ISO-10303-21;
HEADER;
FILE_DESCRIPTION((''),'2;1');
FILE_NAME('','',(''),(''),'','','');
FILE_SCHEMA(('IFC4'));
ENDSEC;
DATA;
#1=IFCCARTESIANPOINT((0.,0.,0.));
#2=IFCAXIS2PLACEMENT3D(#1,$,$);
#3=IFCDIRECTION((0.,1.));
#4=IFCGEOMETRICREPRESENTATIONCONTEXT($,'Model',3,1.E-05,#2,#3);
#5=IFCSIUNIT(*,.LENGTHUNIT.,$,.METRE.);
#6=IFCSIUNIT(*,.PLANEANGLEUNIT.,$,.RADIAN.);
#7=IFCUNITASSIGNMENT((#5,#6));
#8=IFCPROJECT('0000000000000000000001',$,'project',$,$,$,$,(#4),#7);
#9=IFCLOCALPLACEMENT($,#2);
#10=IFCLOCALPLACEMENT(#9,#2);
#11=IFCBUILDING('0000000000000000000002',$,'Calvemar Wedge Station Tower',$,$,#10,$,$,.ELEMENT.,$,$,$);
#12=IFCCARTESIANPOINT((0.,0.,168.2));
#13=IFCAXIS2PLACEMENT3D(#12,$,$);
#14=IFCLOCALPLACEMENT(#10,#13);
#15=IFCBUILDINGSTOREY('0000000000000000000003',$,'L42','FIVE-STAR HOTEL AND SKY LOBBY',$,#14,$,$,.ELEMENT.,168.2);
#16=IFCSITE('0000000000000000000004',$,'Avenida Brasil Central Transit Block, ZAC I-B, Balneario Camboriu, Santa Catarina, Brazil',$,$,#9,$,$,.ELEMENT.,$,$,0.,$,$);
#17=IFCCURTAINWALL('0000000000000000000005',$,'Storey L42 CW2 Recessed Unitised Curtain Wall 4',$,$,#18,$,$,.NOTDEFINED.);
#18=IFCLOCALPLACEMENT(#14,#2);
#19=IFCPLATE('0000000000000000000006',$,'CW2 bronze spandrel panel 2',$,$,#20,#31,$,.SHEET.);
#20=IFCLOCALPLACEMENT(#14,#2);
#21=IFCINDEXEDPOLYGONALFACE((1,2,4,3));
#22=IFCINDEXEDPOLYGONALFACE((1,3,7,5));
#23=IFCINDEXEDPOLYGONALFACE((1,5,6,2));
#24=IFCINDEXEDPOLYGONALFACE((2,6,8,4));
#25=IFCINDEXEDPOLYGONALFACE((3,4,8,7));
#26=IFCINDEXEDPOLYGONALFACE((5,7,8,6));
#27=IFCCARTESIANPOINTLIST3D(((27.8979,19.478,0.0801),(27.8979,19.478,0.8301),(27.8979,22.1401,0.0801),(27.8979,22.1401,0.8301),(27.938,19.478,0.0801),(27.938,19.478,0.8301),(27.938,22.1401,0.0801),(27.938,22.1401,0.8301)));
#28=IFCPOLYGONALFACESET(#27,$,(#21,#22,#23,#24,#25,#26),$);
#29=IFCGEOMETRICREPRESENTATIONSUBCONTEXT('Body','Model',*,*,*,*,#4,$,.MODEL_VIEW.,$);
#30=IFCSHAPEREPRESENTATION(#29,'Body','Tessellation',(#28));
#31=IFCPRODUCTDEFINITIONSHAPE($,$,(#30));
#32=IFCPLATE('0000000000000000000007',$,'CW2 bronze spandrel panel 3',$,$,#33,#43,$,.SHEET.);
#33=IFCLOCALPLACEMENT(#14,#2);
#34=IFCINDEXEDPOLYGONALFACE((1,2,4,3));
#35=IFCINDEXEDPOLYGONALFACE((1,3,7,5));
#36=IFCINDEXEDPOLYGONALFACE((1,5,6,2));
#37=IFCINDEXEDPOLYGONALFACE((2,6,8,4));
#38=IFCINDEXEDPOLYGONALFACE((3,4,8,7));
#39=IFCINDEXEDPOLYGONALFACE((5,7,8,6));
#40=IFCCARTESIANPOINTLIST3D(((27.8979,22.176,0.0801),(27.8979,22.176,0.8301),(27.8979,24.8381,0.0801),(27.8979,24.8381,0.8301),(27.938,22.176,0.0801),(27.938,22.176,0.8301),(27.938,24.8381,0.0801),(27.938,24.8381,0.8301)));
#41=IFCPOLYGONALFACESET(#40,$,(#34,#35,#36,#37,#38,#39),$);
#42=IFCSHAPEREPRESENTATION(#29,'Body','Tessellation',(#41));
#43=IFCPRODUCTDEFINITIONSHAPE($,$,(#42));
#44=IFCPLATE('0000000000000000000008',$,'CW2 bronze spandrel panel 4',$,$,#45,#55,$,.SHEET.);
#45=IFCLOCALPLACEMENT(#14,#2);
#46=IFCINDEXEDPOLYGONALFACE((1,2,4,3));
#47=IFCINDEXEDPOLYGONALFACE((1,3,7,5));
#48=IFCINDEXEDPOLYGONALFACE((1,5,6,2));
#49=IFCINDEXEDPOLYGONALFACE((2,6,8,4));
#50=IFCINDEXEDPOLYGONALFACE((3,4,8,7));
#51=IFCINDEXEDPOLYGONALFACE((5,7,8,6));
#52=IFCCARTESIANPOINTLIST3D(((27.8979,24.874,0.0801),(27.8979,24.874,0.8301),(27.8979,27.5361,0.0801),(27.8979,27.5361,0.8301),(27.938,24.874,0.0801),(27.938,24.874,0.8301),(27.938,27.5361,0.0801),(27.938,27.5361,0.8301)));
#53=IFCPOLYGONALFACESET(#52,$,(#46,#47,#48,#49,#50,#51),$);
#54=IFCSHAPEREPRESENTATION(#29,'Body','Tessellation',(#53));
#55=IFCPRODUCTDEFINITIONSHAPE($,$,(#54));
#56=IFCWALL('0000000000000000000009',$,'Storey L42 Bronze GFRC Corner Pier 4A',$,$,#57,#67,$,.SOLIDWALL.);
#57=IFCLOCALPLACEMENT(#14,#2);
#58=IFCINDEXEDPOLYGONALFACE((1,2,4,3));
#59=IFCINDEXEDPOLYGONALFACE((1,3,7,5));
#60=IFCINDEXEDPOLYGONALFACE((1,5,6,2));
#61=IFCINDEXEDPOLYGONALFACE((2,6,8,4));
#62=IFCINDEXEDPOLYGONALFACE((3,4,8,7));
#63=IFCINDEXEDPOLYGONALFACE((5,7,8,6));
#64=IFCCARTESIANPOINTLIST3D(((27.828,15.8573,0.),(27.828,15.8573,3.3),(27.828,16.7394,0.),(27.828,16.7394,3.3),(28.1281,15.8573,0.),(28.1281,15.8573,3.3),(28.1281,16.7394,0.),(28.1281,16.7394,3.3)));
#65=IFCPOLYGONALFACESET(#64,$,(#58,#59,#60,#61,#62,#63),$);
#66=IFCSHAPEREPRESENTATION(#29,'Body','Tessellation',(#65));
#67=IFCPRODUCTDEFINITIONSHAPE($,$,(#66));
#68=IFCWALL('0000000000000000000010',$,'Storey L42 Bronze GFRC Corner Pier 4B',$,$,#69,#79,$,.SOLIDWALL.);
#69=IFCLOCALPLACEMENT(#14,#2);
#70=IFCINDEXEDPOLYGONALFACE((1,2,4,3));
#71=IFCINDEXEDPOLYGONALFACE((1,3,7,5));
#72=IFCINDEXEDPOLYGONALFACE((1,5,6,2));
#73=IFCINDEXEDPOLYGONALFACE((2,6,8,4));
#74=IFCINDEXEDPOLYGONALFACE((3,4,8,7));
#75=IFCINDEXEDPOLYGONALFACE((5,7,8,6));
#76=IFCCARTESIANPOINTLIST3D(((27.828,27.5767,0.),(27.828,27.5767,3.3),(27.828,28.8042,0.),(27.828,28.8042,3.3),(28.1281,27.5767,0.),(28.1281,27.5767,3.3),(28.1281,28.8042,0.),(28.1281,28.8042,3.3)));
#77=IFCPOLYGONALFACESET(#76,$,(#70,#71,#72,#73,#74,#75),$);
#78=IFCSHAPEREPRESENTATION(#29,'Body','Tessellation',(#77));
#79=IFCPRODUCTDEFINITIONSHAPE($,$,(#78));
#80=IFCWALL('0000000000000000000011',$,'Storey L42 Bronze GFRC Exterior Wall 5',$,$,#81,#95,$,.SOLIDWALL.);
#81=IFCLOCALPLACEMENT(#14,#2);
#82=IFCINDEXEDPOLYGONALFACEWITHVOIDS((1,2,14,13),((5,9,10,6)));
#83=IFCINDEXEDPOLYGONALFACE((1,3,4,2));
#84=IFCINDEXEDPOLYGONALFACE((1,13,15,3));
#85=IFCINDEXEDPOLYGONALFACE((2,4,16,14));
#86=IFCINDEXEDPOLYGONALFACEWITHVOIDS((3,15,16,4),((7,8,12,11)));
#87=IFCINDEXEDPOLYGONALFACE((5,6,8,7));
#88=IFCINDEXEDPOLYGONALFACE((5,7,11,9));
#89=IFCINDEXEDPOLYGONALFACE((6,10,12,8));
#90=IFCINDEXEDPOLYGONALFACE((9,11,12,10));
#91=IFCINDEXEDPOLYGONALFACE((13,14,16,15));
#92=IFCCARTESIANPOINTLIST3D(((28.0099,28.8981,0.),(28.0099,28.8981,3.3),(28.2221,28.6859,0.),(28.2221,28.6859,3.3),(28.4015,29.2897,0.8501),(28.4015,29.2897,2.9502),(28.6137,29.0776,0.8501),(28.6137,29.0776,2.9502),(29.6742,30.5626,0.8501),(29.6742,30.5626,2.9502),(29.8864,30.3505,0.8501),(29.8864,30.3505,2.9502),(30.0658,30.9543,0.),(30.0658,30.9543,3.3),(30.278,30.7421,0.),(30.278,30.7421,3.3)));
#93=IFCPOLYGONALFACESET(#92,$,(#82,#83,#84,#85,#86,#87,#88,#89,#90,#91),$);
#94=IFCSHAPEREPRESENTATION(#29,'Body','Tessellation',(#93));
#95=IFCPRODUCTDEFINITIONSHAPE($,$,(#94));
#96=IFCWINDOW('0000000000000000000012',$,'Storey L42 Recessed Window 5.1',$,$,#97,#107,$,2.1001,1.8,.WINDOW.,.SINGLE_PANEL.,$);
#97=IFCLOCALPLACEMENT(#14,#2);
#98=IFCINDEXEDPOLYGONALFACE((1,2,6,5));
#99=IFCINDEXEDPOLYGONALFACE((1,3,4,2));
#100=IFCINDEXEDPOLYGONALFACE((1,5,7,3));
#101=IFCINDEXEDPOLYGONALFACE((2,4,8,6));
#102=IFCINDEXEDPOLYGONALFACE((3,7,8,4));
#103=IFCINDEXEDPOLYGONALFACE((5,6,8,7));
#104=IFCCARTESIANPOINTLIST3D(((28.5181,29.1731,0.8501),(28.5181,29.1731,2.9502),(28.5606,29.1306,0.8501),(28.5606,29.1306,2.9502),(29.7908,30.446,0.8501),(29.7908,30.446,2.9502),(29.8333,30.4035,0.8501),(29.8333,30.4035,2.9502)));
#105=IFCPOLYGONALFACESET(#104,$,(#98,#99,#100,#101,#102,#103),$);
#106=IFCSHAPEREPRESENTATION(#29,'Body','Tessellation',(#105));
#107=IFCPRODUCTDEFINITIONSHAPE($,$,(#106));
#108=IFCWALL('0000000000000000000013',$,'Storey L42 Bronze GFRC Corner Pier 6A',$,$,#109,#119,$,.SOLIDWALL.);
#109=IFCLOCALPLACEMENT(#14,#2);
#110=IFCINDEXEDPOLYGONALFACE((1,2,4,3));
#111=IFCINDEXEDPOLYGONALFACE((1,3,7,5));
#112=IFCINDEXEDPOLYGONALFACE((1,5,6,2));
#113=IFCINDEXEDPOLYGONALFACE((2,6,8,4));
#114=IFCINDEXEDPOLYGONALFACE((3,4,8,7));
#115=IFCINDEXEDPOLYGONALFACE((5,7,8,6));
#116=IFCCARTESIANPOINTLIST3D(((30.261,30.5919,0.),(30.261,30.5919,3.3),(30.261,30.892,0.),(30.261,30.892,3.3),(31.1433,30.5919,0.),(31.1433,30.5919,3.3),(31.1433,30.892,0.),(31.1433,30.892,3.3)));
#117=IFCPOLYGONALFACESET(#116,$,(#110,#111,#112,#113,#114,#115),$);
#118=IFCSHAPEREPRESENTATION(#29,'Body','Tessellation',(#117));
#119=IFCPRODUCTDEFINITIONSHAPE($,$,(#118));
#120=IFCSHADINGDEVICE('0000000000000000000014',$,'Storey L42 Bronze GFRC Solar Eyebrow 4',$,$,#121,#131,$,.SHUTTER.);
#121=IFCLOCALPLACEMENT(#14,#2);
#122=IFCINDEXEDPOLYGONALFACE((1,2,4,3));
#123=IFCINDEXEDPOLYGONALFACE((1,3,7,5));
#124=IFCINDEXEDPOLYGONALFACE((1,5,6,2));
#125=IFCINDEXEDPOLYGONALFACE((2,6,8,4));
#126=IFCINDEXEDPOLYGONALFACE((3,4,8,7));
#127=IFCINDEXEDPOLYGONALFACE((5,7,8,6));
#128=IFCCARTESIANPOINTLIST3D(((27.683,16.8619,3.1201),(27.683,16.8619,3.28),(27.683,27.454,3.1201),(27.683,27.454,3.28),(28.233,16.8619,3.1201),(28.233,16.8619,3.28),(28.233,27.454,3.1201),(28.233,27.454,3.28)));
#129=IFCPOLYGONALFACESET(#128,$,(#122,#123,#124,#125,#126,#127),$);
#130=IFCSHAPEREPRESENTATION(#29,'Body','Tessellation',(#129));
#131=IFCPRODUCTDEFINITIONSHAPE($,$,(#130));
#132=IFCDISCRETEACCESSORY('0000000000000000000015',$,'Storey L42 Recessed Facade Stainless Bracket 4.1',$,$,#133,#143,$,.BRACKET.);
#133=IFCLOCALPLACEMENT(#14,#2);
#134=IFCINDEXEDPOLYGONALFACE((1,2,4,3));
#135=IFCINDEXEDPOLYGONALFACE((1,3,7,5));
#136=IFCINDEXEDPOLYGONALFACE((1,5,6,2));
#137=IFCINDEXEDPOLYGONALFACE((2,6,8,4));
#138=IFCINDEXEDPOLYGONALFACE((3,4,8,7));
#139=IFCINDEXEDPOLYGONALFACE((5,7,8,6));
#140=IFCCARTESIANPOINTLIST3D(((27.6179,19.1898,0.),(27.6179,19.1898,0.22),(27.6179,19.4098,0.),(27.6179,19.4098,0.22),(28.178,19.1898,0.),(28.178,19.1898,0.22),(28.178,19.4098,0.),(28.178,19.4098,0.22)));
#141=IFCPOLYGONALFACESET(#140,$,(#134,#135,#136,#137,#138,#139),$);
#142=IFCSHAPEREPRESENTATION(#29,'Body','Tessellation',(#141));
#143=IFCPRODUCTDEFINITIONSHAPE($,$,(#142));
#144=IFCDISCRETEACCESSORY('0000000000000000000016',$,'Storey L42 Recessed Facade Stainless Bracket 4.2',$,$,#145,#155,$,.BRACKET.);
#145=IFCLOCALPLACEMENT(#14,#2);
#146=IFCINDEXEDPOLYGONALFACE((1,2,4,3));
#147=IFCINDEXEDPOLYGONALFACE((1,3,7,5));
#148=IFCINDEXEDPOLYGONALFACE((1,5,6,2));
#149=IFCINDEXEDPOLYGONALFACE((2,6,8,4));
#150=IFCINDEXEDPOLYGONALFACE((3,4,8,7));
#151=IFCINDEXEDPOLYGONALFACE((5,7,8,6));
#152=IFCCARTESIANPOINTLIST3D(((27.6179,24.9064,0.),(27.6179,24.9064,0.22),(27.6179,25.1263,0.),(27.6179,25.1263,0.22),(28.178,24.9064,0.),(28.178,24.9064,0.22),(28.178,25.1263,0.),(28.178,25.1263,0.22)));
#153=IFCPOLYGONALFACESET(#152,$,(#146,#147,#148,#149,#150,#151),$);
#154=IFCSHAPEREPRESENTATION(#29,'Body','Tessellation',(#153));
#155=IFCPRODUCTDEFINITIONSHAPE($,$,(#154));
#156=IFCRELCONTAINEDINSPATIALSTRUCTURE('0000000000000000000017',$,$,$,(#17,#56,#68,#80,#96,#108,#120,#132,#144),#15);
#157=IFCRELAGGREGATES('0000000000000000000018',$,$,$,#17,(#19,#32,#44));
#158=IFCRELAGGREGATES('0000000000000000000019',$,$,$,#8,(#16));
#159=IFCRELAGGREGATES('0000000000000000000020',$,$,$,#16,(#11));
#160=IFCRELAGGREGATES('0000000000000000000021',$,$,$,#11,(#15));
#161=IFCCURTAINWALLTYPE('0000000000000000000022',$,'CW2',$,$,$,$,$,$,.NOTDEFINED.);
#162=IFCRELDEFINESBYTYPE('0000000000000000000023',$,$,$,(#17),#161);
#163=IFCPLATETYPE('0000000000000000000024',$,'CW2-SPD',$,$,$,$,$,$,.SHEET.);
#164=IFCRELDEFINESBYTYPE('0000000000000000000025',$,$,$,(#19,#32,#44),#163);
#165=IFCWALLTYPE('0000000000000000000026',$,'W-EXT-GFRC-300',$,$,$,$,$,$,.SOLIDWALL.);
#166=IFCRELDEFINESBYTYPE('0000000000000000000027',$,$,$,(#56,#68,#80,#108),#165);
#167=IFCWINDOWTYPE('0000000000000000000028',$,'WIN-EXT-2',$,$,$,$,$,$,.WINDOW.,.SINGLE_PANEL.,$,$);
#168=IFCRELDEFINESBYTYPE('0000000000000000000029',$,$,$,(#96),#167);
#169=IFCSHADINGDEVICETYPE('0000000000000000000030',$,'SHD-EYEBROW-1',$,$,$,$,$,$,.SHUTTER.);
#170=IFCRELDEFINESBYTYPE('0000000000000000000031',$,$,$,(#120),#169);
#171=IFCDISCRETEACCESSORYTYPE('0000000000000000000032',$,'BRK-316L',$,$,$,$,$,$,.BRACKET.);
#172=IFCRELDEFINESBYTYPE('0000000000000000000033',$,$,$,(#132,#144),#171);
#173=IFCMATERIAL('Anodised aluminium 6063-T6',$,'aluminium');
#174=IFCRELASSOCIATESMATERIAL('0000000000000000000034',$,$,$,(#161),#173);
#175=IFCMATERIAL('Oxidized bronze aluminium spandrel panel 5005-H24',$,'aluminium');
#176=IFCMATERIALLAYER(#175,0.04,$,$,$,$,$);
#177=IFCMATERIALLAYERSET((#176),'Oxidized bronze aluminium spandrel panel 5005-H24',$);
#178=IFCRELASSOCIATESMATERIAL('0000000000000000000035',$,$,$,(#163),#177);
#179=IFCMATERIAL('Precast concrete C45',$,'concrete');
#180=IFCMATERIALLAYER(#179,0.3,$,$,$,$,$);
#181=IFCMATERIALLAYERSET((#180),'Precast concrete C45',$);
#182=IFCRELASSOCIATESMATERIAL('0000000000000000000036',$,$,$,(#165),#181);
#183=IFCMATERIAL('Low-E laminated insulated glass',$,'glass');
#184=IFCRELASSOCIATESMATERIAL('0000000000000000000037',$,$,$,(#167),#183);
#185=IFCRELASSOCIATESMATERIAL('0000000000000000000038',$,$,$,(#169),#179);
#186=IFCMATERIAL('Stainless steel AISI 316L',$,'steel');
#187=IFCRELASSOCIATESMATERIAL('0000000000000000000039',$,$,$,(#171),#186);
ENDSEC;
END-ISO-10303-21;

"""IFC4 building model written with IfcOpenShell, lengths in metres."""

from ifc_helpers import new_model, si_unit, direction, frame, frame_2d, origin, origin_2d, place, context, subcontext, project, spatial, rectangle, extrude, source, transform, mapped, material, layer, layer_set, type_object, element, fill, aggregate, save


model = new_model("IFC4")

# Units and contexts
model_context = context("Model", 3, precision=1e-05, world=origin(), true_north=direction((0.0, 1.0)))
body_context = subcontext(model_context, "Body", "Model", "MODEL_VIEW")
ifc_project = project(units=[si_unit("LENGTHUNIT", "METRE"), si_unit("PLANEANGLEUNIT", "RADIAN")], contexts=[model_context])

# Site, building, storey
site_placement = place(None, origin())
site = spatial("IfcSite", under=ifc_project, at=site_placement, Name="Avenida Brasil Central Transit Block, ZAC I-B, Balneario Camboriu, Santa Catarina, Brazil", CompositionType="ELEMENT", RefElevation=0.0)
building_placement = place(site_placement, origin())
building = spatial("IfcBuilding", under=site, at=building_placement, Name="Calvemar Wedge Station Tower", CompositionType="ELEMENT")
storey_placement = place(building_placement, frame((0.0, 0.0, 168.2)))
storey = spatial("IfcBuildingStorey", under=building, at=storey_placement, Name="L42", Description="FIVE-STAR HOTEL AND SKY LOBBY", CompositionType="ELEMENT", Elevation=168.2)

# Curtain wall, plates
ifc_material_1 = material(Name="Anodised aluminium 6063-T6", Category="aluminium")
curtain_wall_type = type_object("IfcCurtainWallType", Name="CW2", PredefinedType="NOTDEFINED", material=ifc_material_1)
curtain_wall_placement = place(storey_placement, origin())
curtain_wall = element("IfcCurtainWall", 1, at=curtain_wall_placement, inside=storey, type_object=curtain_wall_type, Name="Storey L42 CW2 Recessed Unitised Curtain Wall 4", PredefinedType="NOTDEFINED")
ifc_material_2 = material(Name="Low-E laminated insulated glass", Category="glass")
ifc_material_3 = material(Name="Oxidized bronze aluminium spandrel panel 5005-H24", Category="aluminium")
ifc_layer_1 = layer(ifc_material_3, 0.04)
ifc_layer_set_1 = layer_set([ifc_layer_1], Name="Oxidized bronze aluminium spandrel panel 5005-H24")
plate_type_1 = type_object("IfcPlateType", Name="CW2-SPD", PredefinedType="SHEET", material=ifc_layer_set_1)
plate_1_placement = place(storey_placement, frame((27.918, 19.478, 0.0801), z_axis=(0.0, 0.0, 1.0), x_axis=(0.0, 1.0, 0.0)))
plate_1 = element("IfcPlate", 2, at=plate_1_placement, type_object=plate_type_1, Name="CW2 bronze spandrel panel 2", PredefinedType="SHEET", context=body_context, shape_type="SweptSolid", body=[
    extrude(rectangle(XDim=2.6621, YDim=0.04, at=frame_2d((1.3311, 0.0))), origin(), (0.0, 0.0, 1.0), 0.75),
])
plate_2_placement = place(storey_placement, frame((27.918, 22.176, 0.0801), z_axis=(0.0, 0.0, 1.0), x_axis=(0.0, 1.0, 0.0)))
plate_2 = element("IfcPlate", 3, at=plate_2_placement, type_object=plate_type_1, Name="CW2 bronze spandrel panel 3", PredefinedType="SHEET", context=body_context, shape_type="SweptSolid", body=[
    extrude(rectangle(XDim=2.6621, YDim=0.04, at=frame_2d((1.3311, 0.0))), origin(), (0.0, 0.0, 1.0), 0.75),
])
plate_3_placement = place(storey_placement, frame((27.918, 24.874, 0.0801), z_axis=(0.0, 0.0, 1.0), x_axis=(0.0, 1.0, 0.0)))
plate_3 = element("IfcPlate", 4, at=plate_3_placement, type_object=plate_type_1, Name="CW2 bronze spandrel panel 4", PredefinedType="SHEET", context=body_context, shape_type="SweptSolid", body=[
    extrude(rectangle(XDim=2.6621, YDim=0.04, at=frame_2d((1.3311, 0.0))), origin(), (0.0, 0.0, 1.0), 0.75),
])
aggregate(curtain_wall, [plate_1, plate_2, plate_3])

# Walls
ifc_material_4 = material(Name="Precast concrete C45", Category="concrete")
ifc_layer_2 = layer(ifc_material_4, 0.3)
ifc_layer_set_2 = layer_set([ifc_layer_2], Name="Precast concrete C45")
wall_type = type_object("IfcWallType", Name="W-EXT-GFRC-300", PredefinedType="SOLIDWALL", material=ifc_layer_set_2)
wall_1_placement = place(storey_placement, frame((27.978, 15.8574, 0.0), z_axis=(0.0, 0.0, 1.0), x_axis=(0.0, 1.0, 0.0)))
element("IfcWall", 5, at=wall_1_placement, inside=storey, type_object=wall_type, Name="Storey L42 Bronze GFRC Corner Pier 4A", PredefinedType="SOLIDWALL", context=body_context, shape_type="SweptSolid", body=[
    extrude(rectangle(XDim=0.8821, YDim=0.3, at=frame_2d((0.4409, 0.0))), origin(), (0.0, 0.0, 1.0), 3.3),
])
wall_2_placement = place(storey_placement, frame((27.978, 27.5767, 0.0), z_axis=(0.0, 0.0, 1.0), x_axis=(0.0, 1.0, 0.0)))
element("IfcWall", 6, at=wall_2_placement, inside=storey, type_object=wall_type, Name="Storey L42 Bronze GFRC Corner Pier 4B", PredefinedType="SOLIDWALL", context=body_context, shape_type="SweptSolid", body=[
    extrude(rectangle(XDim=1.2275, YDim=0.3, at=frame_2d((0.6138, 0.0))), origin(), (0.0, 0.0, 1.0), 3.3),
])

# Wall, opening, window
wall_3_placement = place(storey_placement, frame((28.116, 28.792, 0.0), z_axis=(0.0, 0.0, 1.0), x_axis=(0.707065, 0.707149, 0.0)))
wall_3 = element("IfcWall", 7, at=wall_3_placement, inside=storey, type_object=wall_type, Name="Storey L42 Bronze GFRC Exterior Wall 5", PredefinedType="SOLIDWALL", context=body_context, shape_type="SweptSolid", body=[
    extrude(rectangle(XDim=2.9077, YDim=0.3, at=frame_2d((1.4539, 0.0))), origin(), (0.0, 0.0, 1.0), 3.3),
])
shared_shape_1 = source(origin(), body_context, "Body", "SweptSolid", [
    extrude(rectangle(XDim=1.8, YDim=2.1001, at=frame_2d((0.8999, 1.05))), frame((0.0, 0.1602, 0.0), z_axis=(0.0, -1.0, 0.0), x_axis=(1.0, 0.0, 0.0)), (0.0, 0.0, 1.0), 0.3201),
])
opening_placement = place(wall_3_placement, frame((0.554, 0.0, 0.8501)))
opening = element("IfcOpeningElement", 8, at=opening_placement, cuts=wall_3, PredefinedType="OPENING", context=body_context, shape_type="MappedRepresentation", body=[
    mapped(shared_shape_1, transform((0.0, 0.0, 0.0), scale=1.0)),
])
window_type = type_object("IfcWindowType", Name="WIN-EXT-2", PartitioningType="SINGLE_PANEL", PredefinedType="WINDOW", material=ifc_material_2)
shared_shape_2 = source(origin(), body_context, "Body", "SweptSolid", [
    extrude(rectangle(XDim=1.8, YDim=2.1001, at=frame_2d((0.8999, 1.05))), frame((0.0, -0.0149, 0.0), z_axis=(0.0, -1.0, 0.0), x_axis=(1.0, 0.0, 0.0)), (0.0, 0.0, 1.0), 0.0601),
])
window_placement = place(opening_placement, origin())
window = element("IfcWindow", 9, at=window_placement, inside=storey, type_object=window_type, Name="Storey L42 Recessed Window 5.1", OverallHeight=2.1001, OverallWidth=1.8, PartitioningType="SINGLE_PANEL", PredefinedType="WINDOW", context=body_context, shape_type="MappedRepresentation", body=[
    mapped(shared_shape_2, transform((0.0, 0.0, 0.0), scale=1.0)),
])
fill(opening, window)

# Wall
wall_4_placement = place(storey_placement, frame((30.261, 30.7419, 0.0), z_axis=(0.0, 0.0, 1.0), x_axis=(1.0, 0.0, 0.0)))
element("IfcWall", 10, at=wall_4_placement, inside=storey, type_object=wall_type, Name="Storey L42 Bronze GFRC Corner Pier 6A", PredefinedType="SOLIDWALL", context=body_context, shape_type="SweptSolid", body=[
    extrude(rectangle(XDim=0.8823, YDim=0.3, at=frame_2d((0.4412, 0.0))), origin(), (0.0, 0.0, 1.0), 3.3),
])

# Shading device
shading_device_type = type_object("IfcShadingDeviceType", Name="SHD-EYEBROW-1", PredefinedType="SHUTTER", material=ifc_material_4)
shading_device_placement = place(storey_placement, frame((27.958, 16.8621, 3.1201), z_axis=(0.0, 0.0, 1.0), x_axis=(0.0, 1.0, 0.0)))
element("IfcShadingDevice", 11, at=shading_device_placement, inside=storey, type_object=shading_device_type, Name="Storey L42 Bronze GFRC Solar Eyebrow 4", PredefinedType="SHUTTER", context=body_context, shape_type="SweptSolid", body=[
    extrude(rectangle(XDim=10.592, YDim=0.55, at=frame_2d((5.2959, 0.0))), origin(), (0.0, 0.0, 1.0), 0.1599),
])

# Discrete accessories
ifc_material_5 = material(Name="Stainless steel AISI 316L", Category="steel")
discrete_accessory_type = type_object("IfcDiscreteAccessoryType", Name="BRK-316L", PredefinedType="BRACKET", material=ifc_material_5)
shared_shape_3 = source(origin(), body_context, "Body", "SweptSolid", [
    extrude(rectangle(XDim=0.22, YDim=0.5601, at=origin_2d()), origin(), (0.0, 0.0, 1.0), 0.22),
])
for number, where, z_axis, x_axis, name in (
    (12, (27.8979, 19.2998, 0.0), (0.0, 0.0, 1.0), (0.0, 1.0, 0.0), "Storey L42 Recessed Facade Stainless Bracket 4.1"),
    (13, (27.8979, 25.0164, 0.0), (0.0, 0.0, 1.0), (0.0, 1.0, 0.0), "Storey L42 Recessed Facade Stainless Bracket 4.2"),
):
    element("IfcDiscreteAccessory", number, at=place(storey_placement, frame(where, z_axis=z_axis, x_axis=x_axis)), inside=storey, type_object=discrete_accessory_type, Name=name, PredefinedType="BRACKET", context=body_context, shape_type="MappedRepresentation", body=[
        mapped(shared_shape_3, transform((0.0, 0.0, 0.0), scale=1.0)),
    ])

save(model, "model.ifc")
